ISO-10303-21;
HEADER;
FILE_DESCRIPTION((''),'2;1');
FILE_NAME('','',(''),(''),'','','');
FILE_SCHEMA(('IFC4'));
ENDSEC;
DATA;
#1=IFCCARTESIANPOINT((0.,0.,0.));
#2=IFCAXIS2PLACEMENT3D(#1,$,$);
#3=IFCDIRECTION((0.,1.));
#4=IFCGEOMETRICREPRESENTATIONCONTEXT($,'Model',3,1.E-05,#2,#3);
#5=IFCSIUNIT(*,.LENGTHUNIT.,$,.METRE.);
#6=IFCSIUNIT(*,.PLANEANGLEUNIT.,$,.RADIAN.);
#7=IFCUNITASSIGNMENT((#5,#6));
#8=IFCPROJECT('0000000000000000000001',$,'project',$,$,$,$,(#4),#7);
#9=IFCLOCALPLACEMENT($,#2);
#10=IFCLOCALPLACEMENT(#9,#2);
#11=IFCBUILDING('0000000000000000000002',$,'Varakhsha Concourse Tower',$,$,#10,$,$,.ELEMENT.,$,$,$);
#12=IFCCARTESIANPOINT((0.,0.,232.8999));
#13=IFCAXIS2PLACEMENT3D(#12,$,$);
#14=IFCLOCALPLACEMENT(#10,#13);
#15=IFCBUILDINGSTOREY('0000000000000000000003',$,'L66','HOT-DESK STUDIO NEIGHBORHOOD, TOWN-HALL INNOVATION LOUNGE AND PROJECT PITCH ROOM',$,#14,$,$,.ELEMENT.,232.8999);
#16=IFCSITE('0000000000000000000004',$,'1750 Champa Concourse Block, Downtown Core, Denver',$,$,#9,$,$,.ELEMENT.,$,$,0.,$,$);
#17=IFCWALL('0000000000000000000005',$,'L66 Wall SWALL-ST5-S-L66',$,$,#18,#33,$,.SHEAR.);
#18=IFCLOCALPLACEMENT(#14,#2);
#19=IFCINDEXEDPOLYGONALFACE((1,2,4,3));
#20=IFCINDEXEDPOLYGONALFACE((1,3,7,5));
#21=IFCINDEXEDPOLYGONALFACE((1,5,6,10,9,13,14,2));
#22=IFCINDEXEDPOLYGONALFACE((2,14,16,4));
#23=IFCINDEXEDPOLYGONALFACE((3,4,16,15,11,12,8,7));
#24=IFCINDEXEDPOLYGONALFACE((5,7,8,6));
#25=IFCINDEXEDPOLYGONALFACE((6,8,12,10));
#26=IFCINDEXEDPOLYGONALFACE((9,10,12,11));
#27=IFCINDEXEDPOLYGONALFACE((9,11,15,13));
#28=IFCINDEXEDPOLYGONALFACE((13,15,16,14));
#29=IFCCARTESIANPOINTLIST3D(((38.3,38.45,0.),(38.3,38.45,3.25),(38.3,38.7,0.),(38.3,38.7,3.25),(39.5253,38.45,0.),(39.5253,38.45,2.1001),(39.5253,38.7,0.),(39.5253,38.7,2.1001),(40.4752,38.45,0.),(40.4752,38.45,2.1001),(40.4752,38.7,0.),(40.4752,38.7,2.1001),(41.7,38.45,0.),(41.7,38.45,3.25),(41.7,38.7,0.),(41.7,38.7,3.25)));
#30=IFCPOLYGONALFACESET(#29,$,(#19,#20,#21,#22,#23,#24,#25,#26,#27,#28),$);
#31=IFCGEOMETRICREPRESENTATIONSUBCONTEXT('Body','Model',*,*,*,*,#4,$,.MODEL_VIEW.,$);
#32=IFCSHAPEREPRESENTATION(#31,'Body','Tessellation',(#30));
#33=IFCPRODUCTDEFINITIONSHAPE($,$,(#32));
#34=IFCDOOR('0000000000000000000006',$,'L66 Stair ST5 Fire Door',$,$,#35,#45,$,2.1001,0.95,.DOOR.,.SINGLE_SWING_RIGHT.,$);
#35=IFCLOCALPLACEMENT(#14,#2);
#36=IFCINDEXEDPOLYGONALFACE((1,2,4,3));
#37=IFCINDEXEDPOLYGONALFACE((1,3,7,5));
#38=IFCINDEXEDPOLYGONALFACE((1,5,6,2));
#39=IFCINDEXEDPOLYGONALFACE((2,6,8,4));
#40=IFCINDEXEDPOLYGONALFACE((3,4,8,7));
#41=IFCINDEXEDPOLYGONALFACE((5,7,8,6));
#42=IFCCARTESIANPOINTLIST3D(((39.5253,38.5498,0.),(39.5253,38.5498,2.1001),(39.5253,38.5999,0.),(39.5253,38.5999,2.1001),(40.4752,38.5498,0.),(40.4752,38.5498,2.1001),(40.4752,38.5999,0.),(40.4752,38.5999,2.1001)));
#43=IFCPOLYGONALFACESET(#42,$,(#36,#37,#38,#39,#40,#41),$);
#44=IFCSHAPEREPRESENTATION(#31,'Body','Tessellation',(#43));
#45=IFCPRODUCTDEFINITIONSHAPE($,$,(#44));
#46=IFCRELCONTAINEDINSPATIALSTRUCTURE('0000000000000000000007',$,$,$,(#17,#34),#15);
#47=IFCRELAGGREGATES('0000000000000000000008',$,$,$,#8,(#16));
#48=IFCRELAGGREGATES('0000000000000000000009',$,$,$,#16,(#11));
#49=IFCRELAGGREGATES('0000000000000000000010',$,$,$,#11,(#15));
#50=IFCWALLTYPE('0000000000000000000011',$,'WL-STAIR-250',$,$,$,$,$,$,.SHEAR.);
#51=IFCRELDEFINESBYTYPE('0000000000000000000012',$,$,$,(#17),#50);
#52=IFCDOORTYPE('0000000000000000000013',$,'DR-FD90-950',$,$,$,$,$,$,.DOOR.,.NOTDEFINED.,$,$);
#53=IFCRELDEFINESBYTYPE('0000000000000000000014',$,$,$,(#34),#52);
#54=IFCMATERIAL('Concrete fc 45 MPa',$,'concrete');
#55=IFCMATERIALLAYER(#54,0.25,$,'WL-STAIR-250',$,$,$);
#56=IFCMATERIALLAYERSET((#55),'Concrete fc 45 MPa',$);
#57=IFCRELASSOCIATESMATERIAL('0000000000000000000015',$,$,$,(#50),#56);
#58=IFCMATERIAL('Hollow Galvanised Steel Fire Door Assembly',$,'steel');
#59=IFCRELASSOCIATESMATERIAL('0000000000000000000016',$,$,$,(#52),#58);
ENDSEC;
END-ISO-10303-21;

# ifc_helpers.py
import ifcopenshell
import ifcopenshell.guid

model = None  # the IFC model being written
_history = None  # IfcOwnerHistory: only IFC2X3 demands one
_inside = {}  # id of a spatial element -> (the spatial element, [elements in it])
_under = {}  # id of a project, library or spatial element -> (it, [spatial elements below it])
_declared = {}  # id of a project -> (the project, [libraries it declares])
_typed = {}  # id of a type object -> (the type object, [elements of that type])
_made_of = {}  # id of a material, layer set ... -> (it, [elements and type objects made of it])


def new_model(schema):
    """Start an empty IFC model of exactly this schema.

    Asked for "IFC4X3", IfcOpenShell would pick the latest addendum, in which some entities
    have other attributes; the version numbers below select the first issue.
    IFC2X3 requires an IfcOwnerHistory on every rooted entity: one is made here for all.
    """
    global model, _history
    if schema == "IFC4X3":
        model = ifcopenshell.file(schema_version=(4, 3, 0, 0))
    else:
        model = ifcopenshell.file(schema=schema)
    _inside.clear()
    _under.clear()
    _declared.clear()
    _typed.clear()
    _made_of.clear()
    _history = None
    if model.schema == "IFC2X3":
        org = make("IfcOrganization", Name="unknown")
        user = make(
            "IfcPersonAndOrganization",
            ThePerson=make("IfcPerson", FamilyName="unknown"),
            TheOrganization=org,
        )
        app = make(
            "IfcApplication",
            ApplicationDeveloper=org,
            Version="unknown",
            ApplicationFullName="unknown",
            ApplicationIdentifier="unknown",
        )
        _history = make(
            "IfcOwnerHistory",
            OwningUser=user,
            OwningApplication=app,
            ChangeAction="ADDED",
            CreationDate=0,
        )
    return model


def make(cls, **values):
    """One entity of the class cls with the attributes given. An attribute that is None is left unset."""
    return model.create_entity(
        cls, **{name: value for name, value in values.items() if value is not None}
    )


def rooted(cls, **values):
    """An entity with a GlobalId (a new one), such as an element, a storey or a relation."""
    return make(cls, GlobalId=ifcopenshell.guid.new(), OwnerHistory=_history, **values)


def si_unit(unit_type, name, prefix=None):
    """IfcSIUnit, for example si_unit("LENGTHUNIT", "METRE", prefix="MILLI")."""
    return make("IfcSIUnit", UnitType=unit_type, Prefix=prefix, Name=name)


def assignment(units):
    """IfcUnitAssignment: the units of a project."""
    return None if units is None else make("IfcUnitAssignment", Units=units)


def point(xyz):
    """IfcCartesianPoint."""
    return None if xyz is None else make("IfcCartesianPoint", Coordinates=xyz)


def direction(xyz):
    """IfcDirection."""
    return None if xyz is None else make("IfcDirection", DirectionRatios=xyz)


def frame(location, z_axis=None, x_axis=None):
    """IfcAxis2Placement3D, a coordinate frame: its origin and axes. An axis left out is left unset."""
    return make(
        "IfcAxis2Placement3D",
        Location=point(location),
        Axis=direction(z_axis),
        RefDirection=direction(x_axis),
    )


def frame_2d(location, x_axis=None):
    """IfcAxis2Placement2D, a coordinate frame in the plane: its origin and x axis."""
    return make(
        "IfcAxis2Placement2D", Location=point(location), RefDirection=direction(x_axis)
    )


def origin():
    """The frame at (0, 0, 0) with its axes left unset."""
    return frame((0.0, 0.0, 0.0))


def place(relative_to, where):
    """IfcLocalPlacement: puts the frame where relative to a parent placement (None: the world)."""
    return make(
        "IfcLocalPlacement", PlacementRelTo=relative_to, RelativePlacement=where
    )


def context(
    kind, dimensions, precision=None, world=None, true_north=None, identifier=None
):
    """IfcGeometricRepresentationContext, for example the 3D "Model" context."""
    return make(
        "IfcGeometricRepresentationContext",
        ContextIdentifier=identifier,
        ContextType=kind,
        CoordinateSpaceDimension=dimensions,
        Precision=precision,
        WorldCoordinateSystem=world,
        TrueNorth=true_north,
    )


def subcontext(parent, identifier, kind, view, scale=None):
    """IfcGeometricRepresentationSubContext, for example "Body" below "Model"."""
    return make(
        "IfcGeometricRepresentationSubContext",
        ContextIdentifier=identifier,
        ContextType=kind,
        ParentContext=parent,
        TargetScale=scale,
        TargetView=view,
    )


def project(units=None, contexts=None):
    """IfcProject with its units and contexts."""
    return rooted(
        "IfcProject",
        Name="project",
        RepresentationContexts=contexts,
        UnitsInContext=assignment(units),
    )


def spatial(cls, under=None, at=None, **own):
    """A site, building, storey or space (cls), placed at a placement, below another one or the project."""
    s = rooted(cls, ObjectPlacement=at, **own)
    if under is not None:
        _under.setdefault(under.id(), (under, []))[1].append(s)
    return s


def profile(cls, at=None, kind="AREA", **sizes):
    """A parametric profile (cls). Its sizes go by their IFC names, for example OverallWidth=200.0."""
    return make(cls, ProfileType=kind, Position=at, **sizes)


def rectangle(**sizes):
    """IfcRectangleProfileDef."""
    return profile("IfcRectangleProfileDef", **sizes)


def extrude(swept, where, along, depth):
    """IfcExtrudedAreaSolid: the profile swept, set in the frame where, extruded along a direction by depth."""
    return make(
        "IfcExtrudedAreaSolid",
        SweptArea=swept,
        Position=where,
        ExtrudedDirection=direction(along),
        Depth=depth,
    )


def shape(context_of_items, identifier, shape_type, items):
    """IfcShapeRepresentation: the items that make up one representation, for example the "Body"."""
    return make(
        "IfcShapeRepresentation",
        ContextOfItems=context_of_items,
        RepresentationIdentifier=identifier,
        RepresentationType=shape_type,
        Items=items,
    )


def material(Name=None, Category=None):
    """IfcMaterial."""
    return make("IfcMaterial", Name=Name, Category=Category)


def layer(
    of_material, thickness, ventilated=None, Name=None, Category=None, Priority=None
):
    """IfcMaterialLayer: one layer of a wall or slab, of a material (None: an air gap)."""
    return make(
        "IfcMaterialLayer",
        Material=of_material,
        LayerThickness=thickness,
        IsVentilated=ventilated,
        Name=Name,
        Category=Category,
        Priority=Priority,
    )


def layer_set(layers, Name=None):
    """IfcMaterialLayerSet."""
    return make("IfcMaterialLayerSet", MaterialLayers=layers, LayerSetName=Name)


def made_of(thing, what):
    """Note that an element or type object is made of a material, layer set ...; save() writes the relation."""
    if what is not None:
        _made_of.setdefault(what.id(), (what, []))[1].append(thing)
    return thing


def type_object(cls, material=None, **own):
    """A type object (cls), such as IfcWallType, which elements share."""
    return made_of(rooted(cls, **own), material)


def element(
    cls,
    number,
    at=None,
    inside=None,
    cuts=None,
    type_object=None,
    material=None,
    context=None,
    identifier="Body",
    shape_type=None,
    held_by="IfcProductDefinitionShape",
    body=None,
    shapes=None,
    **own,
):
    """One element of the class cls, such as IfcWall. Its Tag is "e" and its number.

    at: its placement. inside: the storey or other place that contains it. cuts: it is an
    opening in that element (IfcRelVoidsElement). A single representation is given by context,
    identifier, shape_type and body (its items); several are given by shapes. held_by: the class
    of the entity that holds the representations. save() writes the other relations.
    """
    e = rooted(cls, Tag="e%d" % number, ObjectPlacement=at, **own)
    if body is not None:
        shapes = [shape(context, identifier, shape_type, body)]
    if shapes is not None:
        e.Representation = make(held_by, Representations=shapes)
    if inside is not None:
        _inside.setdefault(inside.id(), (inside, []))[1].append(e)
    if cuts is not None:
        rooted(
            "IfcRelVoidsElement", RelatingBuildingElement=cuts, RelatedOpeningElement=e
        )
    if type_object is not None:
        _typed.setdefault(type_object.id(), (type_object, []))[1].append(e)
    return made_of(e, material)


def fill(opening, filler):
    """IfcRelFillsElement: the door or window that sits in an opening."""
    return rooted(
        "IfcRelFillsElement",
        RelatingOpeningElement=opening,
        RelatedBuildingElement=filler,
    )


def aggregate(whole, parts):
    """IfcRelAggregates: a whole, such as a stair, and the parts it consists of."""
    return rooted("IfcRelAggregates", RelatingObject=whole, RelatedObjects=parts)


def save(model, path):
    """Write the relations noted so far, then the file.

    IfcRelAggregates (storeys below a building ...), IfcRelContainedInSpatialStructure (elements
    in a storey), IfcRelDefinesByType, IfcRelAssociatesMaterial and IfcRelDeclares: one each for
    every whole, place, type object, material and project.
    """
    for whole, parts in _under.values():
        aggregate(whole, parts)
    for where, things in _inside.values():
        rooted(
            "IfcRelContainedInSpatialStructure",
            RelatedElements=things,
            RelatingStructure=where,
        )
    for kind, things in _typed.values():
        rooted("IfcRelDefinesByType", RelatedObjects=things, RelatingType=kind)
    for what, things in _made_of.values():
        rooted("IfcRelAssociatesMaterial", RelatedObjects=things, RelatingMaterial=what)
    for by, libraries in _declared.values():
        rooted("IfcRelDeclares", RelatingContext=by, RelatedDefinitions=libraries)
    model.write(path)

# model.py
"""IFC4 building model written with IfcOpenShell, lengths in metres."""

from ifc_helpers import new_model, si_unit, direction, frame, frame_2d, origin, place, context, subcontext, project, spatial, rectangle, extrude, material, layer, layer_set, type_object, element, fill, save


model = new_model("IFC4")

# Units and contexts
model_context = context("Model", 3, precision=1e-05, world=origin(), true_north=direction((0.0, 1.0)))
body_context = subcontext(model_context, "Body", "Model", "MODEL_VIEW")
ifc_project = project(units=[si_unit("LENGTHUNIT", "METRE"), si_unit("PLANEANGLEUNIT", "RADIAN")], contexts=[model_context])

# Site, building, storey
site_placement = place(None, origin())
site = spatial("IfcSite", under=ifc_project, at=site_placement, Name="1750 Champa Concourse Block, Downtown Core, Denver", CompositionType="ELEMENT", RefElevation=0.0)
building_placement = place(site_placement, origin())
building = spatial("IfcBuilding", under=site, at=building_placement, Name="Varakhsha Concourse Tower", CompositionType="ELEMENT")
storey_placement = place(building_placement, frame((0.0, 0.0, 232.8999)))
storey = spatial("IfcBuildingStorey", under=building, at=storey_placement, Name="L66", Description="HOT-DESK STUDIO NEIGHBORHOOD, TOWN-HALL INNOVATION LOUNGE AND PROJECT PITCH ROOM", CompositionType="ELEMENT", Elevation=232.8999)

# Shared definitions
ifc_material_1 = material(Name="Hollow Galvanised Steel Fire Door Assembly", Category="steel")

# Shared definitions
ifc_material_2 = material(Name="Concrete fc 45 MPa", Category="concrete")
ifc_layer_1 = layer(ifc_material_2, 0.25, Name="WL-STAIR-250")
ifc_layer_set_1 = layer_set([ifc_layer_1], Name="Concrete fc 45 MPa")
wall_type_1 = type_object("IfcWallType", Name="WL-STAIR-250", PredefinedType="SHEAR", material=ifc_layer_set_1)

# Wall, opening, door
wall_1_placement = place(storey_placement, frame((38.3, 38.575, 0.0), z_axis=(0.0, 0.0, 1.0), x_axis=(1.0, 0.0, 0.0)))
wall_1 = element("IfcWall", 1, at=wall_1_placement, inside=storey, type_object=wall_type_1, Name="L66 Wall SWALL-ST5-S-L66", PredefinedType="SHEAR", context=body_context, shape_type="SweptSolid", body=[
    extrude(rectangle(XDim=3.3999, YDim=0.25, at=frame_2d((1.7, 0.0))), origin(), (0.0, 0.0, 1.0), 3.25),
])
opening_1_placement = place(wall_1_placement, frame((1.2251, 0.0, 0.0)))
opening_1 = element("IfcOpeningElement", 2, at=opening_1_placement, cuts=wall_1, PredefinedType="OPENING", context=body_context, shape_type="SweptSolid", body=[
    extrude(rectangle(XDim=0.95, YDim=2.1001, at=frame_2d((0.4751, 1.05))), frame((0.0, 0.135, 0.0), z_axis=(0.0, -1.0, 0.0), x_axis=(1.0, 0.0, 0.0)), (0.0, 0.0, 1.0), 0.27),
])
door_type_1 = type_object("IfcDoorType", Name="DR-FD90-950", OperationType="NOTDEFINED", PredefinedType="DOOR", material=ifc_material_1)
door_1_placement = place(opening_1_placement, origin())
door_1 = element("IfcDoor", 3, at=door_1_placement, inside=storey, type_object=door_type_1, Name="L66 Stair ST5 Fire Door", OperationType="SINGLE_SWING_RIGHT", OverallHeight=2.1001, OverallWidth=0.95, PredefinedType="DOOR", context=body_context, shape_type="SweptSolid", body=[
    extrude(rectangle(XDim=0.95, YDim=2.1001, at=frame_2d((0.4751, 1.05))), frame((0.0, 0.0249, 0.0), z_axis=(0.0, -1.0, 0.0), x_axis=(1.0, 0.0, 0.0)), (0.0, 0.0, 1.0), 0.05),
])
fill(opening_1, door_1)

save(model, "model.ifc")
